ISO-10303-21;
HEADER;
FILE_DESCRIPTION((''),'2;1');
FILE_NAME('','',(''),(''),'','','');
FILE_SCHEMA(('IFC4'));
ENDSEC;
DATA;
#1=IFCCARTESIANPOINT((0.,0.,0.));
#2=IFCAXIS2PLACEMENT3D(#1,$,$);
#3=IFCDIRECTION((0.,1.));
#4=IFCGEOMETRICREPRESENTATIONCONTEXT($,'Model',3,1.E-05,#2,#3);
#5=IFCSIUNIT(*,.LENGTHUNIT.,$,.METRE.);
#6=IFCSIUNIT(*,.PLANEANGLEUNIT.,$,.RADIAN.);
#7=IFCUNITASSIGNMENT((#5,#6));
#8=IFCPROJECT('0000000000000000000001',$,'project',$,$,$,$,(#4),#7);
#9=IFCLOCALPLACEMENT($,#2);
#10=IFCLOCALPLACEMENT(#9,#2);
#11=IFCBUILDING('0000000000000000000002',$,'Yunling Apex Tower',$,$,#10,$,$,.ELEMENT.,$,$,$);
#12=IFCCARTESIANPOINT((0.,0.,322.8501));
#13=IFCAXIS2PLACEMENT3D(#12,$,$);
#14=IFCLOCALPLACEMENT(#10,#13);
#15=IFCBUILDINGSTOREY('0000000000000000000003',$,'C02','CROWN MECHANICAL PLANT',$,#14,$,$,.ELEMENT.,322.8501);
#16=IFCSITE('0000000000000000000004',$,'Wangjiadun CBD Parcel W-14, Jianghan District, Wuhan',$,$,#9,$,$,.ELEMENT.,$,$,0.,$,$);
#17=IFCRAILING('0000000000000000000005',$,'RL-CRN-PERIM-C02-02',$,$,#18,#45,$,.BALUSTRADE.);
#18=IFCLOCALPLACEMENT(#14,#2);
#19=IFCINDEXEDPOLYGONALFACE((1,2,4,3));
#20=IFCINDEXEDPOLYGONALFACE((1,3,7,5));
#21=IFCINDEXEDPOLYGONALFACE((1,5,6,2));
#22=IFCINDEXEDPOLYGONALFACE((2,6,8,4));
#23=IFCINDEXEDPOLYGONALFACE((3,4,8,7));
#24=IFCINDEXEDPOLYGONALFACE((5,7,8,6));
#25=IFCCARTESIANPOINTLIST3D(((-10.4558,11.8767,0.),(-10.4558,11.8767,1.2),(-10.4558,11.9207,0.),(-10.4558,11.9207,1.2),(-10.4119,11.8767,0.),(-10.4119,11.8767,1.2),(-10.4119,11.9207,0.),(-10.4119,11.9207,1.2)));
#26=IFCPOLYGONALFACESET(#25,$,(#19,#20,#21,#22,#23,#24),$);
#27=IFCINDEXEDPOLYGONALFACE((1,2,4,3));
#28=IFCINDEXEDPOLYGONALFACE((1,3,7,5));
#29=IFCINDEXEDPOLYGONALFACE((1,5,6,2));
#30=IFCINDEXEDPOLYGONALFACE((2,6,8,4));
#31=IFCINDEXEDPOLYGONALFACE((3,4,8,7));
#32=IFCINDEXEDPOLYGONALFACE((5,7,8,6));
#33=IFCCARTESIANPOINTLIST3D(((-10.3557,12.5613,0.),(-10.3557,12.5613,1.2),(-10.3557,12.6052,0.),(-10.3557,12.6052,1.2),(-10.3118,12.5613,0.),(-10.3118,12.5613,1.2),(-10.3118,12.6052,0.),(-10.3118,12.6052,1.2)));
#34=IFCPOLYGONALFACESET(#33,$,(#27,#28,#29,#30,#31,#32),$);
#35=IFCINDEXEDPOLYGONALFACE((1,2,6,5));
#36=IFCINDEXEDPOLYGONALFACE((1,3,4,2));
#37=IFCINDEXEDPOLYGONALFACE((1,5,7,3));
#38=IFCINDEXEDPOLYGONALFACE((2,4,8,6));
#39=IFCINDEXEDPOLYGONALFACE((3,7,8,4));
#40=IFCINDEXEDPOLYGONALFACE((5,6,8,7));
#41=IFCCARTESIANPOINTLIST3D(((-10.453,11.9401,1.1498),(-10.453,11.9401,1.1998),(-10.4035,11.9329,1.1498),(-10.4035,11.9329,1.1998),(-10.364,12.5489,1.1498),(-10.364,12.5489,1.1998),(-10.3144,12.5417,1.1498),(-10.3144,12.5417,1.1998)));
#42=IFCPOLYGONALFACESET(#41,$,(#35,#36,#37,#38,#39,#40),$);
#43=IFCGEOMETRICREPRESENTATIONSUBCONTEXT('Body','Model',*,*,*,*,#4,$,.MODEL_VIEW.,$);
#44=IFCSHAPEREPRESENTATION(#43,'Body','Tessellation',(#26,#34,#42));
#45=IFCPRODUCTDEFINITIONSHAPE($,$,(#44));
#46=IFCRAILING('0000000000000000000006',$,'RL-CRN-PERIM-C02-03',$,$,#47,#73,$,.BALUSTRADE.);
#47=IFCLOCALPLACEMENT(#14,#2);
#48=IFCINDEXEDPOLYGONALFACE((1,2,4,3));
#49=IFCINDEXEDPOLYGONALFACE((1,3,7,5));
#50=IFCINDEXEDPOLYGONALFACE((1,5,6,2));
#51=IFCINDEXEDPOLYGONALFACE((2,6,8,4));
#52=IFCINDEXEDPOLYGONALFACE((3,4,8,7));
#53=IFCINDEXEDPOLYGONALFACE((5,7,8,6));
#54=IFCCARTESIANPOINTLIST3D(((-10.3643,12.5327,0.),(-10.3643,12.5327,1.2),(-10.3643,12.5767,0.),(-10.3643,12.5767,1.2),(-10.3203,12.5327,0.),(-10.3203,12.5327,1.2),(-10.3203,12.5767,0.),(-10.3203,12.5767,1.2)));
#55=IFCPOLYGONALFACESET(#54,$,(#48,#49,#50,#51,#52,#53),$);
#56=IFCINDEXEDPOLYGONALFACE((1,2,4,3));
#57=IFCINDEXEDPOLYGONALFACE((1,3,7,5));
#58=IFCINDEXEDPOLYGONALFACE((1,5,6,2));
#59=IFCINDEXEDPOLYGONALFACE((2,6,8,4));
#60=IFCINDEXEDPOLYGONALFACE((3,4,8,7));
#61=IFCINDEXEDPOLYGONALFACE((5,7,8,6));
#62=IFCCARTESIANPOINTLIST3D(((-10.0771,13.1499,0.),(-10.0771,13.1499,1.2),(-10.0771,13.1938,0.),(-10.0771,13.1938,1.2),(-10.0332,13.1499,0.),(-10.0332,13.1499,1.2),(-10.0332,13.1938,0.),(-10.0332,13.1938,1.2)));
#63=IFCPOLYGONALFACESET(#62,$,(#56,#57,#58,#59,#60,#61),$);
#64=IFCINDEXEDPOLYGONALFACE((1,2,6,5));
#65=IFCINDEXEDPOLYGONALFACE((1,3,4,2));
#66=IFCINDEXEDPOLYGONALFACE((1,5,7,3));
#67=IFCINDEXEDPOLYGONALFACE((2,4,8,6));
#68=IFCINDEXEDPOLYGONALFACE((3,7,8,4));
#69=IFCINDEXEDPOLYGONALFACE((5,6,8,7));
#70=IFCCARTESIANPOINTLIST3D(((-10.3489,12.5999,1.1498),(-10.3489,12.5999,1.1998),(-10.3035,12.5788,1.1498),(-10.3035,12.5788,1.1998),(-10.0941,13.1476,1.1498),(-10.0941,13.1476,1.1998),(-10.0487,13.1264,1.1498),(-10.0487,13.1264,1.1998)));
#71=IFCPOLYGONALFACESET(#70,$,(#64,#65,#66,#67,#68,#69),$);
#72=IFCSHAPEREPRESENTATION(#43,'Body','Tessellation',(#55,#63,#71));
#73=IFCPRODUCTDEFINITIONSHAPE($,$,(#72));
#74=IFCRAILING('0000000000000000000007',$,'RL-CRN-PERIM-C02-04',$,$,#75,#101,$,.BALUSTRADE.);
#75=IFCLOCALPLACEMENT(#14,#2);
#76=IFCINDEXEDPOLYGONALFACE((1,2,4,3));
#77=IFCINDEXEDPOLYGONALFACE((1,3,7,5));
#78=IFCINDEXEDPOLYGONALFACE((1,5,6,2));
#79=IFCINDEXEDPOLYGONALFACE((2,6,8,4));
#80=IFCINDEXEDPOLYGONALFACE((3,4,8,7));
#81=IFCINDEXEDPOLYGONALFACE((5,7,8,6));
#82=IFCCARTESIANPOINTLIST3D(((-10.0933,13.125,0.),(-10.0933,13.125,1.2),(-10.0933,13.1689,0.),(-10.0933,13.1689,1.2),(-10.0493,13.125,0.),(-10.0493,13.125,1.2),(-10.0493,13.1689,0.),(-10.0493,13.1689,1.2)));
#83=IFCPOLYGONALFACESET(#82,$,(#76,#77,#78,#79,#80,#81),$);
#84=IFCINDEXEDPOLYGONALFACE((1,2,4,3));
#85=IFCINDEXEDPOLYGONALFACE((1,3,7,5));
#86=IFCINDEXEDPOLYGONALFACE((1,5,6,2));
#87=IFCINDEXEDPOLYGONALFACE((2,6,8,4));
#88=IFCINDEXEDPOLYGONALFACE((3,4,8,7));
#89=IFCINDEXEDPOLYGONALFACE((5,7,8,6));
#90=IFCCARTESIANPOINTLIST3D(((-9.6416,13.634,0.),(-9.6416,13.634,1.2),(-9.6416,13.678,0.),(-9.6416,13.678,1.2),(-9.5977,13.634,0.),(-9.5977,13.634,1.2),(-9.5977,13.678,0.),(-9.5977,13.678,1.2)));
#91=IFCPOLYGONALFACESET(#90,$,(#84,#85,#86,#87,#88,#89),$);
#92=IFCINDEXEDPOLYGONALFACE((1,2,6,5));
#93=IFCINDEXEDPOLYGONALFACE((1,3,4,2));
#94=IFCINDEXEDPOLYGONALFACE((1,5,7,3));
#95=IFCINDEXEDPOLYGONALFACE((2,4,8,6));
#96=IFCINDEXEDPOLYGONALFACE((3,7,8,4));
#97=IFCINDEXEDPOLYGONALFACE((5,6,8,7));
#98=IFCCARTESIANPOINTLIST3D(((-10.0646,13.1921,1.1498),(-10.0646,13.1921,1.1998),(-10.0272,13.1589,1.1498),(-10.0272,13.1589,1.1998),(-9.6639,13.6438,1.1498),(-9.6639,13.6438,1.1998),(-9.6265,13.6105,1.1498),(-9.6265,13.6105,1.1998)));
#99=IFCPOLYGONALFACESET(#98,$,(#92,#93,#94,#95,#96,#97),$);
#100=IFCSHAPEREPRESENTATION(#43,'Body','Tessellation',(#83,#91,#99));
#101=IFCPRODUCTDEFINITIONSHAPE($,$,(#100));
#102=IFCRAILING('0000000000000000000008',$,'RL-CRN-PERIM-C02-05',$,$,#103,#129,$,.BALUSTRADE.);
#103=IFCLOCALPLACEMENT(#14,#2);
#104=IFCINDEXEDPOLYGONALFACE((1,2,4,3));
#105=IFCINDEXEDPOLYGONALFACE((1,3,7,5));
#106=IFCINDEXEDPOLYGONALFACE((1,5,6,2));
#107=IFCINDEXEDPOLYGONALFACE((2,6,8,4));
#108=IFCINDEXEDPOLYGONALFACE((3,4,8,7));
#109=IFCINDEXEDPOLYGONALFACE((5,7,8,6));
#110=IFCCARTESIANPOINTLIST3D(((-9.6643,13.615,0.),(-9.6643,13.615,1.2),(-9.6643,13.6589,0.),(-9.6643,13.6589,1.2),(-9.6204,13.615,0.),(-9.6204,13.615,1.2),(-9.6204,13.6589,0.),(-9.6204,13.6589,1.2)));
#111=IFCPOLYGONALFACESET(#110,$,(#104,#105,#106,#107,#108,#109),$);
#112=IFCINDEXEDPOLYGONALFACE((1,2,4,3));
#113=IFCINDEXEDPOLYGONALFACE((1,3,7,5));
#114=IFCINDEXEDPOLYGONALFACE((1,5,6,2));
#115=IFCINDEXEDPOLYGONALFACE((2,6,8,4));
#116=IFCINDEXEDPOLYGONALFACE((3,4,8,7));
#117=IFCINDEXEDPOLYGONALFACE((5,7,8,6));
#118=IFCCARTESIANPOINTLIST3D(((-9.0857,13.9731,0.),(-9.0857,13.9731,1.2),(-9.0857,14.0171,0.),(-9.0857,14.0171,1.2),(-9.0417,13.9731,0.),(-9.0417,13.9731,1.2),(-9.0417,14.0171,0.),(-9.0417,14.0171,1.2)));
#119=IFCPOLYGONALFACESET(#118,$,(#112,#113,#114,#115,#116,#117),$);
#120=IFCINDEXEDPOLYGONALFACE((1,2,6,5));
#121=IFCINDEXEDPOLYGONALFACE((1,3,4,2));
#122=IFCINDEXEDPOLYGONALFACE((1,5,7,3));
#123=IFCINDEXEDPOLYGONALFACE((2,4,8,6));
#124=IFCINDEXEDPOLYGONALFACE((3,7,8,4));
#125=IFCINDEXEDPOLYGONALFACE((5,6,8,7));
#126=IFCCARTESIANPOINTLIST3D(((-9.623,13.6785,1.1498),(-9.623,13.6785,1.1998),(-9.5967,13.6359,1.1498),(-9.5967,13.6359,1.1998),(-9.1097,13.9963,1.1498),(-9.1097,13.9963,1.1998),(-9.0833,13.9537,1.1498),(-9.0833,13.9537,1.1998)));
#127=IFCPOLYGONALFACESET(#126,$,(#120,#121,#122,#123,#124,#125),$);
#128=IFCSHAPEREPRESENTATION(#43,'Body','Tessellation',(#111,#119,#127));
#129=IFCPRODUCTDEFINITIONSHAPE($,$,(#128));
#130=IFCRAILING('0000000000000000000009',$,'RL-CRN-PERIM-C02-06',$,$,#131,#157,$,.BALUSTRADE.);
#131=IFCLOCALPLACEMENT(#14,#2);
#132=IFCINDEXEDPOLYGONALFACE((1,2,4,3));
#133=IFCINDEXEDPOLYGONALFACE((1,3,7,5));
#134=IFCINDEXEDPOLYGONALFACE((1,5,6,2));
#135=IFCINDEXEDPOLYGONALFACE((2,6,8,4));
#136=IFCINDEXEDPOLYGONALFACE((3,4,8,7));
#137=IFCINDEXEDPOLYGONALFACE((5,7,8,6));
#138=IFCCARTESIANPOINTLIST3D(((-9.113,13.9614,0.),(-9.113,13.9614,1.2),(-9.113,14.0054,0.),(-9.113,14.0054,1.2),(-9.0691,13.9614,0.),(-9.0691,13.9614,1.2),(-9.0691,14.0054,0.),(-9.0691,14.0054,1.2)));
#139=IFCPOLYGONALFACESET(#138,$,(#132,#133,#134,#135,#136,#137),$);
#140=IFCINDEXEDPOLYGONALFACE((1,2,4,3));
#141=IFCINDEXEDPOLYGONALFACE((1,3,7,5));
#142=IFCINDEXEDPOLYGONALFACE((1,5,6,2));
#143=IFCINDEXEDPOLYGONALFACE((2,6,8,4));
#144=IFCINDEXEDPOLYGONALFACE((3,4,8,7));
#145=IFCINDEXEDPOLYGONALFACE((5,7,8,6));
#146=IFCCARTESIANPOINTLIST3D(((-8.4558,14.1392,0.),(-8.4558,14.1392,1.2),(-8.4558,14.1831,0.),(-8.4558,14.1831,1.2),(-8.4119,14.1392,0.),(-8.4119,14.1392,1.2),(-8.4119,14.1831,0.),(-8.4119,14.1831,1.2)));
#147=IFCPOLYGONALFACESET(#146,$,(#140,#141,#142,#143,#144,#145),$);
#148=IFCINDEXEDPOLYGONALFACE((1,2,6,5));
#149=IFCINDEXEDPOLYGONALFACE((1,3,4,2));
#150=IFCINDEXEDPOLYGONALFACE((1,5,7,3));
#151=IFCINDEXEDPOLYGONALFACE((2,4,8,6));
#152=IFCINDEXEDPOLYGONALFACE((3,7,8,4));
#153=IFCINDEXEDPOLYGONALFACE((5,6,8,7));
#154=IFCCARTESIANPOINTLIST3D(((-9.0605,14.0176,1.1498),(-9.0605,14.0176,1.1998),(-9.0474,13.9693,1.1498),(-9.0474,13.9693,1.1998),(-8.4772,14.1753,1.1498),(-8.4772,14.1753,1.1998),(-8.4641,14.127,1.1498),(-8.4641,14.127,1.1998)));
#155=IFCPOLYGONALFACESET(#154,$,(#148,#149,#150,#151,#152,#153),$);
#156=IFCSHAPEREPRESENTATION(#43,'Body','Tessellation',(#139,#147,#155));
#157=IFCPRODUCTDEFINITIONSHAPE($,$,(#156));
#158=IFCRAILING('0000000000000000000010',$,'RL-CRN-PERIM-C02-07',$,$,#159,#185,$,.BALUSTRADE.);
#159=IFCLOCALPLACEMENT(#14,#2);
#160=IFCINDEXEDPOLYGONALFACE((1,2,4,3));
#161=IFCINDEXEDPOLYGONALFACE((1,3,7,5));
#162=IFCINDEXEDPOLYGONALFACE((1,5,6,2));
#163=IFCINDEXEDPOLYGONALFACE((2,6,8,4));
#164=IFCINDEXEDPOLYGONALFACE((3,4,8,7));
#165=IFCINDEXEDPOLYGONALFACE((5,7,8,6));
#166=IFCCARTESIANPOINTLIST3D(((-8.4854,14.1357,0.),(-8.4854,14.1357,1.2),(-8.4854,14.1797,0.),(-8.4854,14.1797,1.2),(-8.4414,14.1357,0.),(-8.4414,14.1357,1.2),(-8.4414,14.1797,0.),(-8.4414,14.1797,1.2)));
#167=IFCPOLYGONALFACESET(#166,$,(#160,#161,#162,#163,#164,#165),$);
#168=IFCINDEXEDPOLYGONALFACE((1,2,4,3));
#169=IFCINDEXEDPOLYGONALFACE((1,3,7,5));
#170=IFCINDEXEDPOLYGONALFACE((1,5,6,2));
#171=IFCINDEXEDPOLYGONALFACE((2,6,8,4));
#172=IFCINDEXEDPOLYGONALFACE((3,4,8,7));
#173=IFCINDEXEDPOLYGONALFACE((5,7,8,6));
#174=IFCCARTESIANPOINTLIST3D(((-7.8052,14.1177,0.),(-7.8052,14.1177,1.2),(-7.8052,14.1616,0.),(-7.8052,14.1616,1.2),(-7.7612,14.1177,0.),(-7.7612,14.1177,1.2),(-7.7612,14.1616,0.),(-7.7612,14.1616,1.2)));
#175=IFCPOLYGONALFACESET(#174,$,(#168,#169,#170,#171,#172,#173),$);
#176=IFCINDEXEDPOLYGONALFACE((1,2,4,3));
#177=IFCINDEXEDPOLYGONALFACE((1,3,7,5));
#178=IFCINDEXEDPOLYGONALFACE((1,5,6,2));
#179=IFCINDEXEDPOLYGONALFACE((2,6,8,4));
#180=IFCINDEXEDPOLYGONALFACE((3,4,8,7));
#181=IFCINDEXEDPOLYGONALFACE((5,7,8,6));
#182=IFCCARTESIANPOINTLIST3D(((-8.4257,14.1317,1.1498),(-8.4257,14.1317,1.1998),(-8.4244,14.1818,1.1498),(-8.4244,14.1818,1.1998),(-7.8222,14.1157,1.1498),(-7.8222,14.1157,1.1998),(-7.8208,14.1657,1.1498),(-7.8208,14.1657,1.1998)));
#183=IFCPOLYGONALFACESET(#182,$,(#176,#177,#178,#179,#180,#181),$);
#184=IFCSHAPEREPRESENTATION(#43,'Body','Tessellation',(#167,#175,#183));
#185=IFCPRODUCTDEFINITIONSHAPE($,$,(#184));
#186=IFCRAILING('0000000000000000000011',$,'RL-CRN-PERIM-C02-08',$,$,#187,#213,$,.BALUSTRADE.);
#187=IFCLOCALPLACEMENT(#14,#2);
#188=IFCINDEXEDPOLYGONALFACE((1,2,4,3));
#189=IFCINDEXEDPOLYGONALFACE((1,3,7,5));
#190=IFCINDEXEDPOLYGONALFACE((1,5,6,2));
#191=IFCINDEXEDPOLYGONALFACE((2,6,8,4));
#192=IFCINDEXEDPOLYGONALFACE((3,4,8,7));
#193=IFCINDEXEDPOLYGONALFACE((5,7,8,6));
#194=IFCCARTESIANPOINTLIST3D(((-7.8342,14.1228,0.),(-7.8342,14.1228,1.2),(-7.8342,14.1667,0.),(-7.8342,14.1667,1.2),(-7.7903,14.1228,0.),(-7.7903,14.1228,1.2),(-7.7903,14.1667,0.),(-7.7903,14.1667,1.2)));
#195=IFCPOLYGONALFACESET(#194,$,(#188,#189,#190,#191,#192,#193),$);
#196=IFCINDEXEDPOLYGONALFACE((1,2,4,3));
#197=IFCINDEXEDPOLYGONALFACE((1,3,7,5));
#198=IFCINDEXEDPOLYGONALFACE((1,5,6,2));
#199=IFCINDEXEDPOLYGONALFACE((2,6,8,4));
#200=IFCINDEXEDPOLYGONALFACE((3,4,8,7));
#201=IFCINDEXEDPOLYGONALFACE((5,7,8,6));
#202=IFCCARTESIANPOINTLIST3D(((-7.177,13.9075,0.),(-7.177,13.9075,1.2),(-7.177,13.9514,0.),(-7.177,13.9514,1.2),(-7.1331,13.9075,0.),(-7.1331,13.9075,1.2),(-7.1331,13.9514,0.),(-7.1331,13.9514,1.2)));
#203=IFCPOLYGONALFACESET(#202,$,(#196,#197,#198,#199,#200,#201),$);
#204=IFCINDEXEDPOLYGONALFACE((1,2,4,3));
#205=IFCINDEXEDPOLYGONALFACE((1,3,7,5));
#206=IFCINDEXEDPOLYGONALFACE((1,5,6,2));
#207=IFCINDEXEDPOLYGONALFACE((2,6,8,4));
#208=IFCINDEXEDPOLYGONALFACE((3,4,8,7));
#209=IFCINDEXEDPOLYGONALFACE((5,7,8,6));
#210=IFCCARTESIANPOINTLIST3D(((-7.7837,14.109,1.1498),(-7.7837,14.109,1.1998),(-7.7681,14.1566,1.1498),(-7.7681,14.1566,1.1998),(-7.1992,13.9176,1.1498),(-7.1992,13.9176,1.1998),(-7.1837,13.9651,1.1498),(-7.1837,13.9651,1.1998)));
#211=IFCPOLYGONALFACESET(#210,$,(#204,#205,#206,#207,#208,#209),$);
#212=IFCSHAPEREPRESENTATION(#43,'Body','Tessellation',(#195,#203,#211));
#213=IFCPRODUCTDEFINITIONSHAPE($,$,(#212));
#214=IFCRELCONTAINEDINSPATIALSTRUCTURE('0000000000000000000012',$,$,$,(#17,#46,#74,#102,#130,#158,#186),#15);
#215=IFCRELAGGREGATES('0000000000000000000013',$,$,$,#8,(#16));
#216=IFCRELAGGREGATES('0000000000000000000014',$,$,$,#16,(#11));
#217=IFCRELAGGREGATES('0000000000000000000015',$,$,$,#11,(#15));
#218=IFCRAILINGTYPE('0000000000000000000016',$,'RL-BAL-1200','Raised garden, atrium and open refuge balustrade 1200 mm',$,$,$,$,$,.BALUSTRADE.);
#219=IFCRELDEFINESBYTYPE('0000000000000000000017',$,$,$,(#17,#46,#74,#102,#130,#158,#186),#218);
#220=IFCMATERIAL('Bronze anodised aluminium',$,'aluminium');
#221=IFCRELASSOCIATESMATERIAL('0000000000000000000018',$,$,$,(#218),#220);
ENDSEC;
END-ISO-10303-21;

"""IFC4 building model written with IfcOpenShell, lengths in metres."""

from ifc_helpers import new_model, si_unit, direction, frame, origin, origin_2d, place, context, subcontext, project, spatial, rectangle, extrude, material, type_object, element, save


model = new_model("IFC4")

# Units and contexts
model_context = context("Model", 3, precision=1e-05, world=origin(), true_north=direction((0.0, 1.0)))
body_context = subcontext(model_context, "Body", "Model", "MODEL_VIEW")
ifc_project = project(units=[si_unit("LENGTHUNIT", "METRE"), si_unit("PLANEANGLEUNIT", "RADIAN")], contexts=[model_context])

# Site, building, storey
site_placement = place(None, origin())
site = spatial("IfcSite", under=ifc_project, at=site_placement, Name="Wangjiadun CBD Parcel W-14, Jianghan District, Wuhan", CompositionType="ELEMENT", RefElevation=0.0)
building_placement = place(site_placement, origin())
building = spatial("IfcBuilding", under=site, at=building_placement, Name="Yunling Apex Tower", CompositionType="ELEMENT")
storey_placement = place(building_placement, frame((0.0, 0.0, 322.8501)))
storey = spatial("IfcBuildingStorey", under=building, at=storey_placement, Name="C02", Description="CROWN MECHANICAL PLANT", CompositionType="ELEMENT", Elevation=322.8501)

# Shared definitions
ifc_material_1 = material(Name="Bronze anodised aluminium", Category="aluminium")

# Railings
railing_type = type_object("IfcRailingType", Name="RL-BAL-1200", Description="Raised garden, atrium and open refuge balustrade 1200 mm", PredefinedType="BALUSTRADE", material=ifc_material_1)
railing_1_placement = place(storey_placement, frame((-10.4338, 11.8987, 0.0)))
element("IfcRailing", 1, at=railing_1_placement, inside=storey, type_object=railing_type, Name="RL-CRN-PERIM-C02-02", PredefinedType="BALUSTRADE", context=body_context, shape_type="SweptSolid", body=[
    extrude(rectangle(XDim=0.0439, YDim=0.0439, at=origin_2d()), origin(), (0.0, 0.0, 1.0), 1.2),
    extrude(rectangle(XDim=0.0439, YDim=0.0439, at=origin_2d()), frame((0.1001, 0.6846, 0.0)), (0.0, 0.0, 1.0), 1.2),
    extrude(rectangle(XDim=0.05, YDim=0.05, at=origin_2d()), frame((0.0056, 0.0378, 1.1748), z_axis=(0.144681, 0.989478, 0.0), x_axis=(-0.989478, 0.144681, 0.0)), (0.0, 0.0, 1.0), 0.6152),
])
railing_2_placement = place(storey_placement, frame((-10.3423, 12.5547, 0.0)))
element("IfcRailing", 2, at=railing_2_placement, inside=storey, type_object=railing_type, Name="RL-CRN-PERIM-C02-03", PredefinedType="BALUSTRADE", context=body_context, shape_type="SweptSolid", body=[
    extrude(rectangle(XDim=0.0439, YDim=0.0439, at=origin_2d()), origin(), (0.0, 0.0, 1.0), 1.2),
    extrude(rectangle(XDim=0.0439, YDim=0.0439, at=origin_2d()), frame((0.2871, 0.6172, 0.0)), (0.0, 0.0, 1.0), 1.2),
    extrude(rectangle(XDim=0.05, YDim=0.05, at=origin_2d()), frame((0.0161, 0.0347, 1.1748), z_axis=(0.421786, 0.906696, 0.0), x_axis=(-0.906696, 0.421786, 0.0)), (0.0, 0.0, 1.0), 0.604),
])
railing_3_placement = place(storey_placement, frame((-10.0713, 13.147, 0.0)))
element("IfcRailing", 3, at=railing_3_placement, inside=storey, type_object=railing_type, Name="RL-CRN-PERIM-C02-04", PredefinedType="BALUSTRADE", context=body_context, shape_type="SweptSolid", body=[
    extrude(rectangle(XDim=0.0439, YDim=0.0439, at=origin_2d()), origin(), (0.0, 0.0, 1.0), 1.2),
    extrude(rectangle(XDim=0.0439, YDim=0.0439, at=origin_2d()), frame((0.4517, 0.509, 0.0)), (0.0, 0.0, 1.0), 1.2),
    extrude(rectangle(XDim=0.05, YDim=0.05, at=origin_2d()), frame((0.0254, 0.0286, 1.1748), z_axis=(0.663696, 0.748003, 0.0), x_axis=(-0.748003, 0.663696, 0.0)), (0.0, 0.0, 1.0), 0.6038),
])
railing_4_placement = place(storey_placement, frame((-9.6423, 13.637, 0.0)))
element("IfcRailing", 4, at=railing_4_placement, inside=storey, type_object=railing_type, Name="RL-CRN-PERIM-C02-05", PredefinedType="BALUSTRADE", context=body_context, shape_type="SweptSolid", body=[
    extrude(rectangle(XDim=0.0439, YDim=0.0439, at=origin_2d()), origin(), (0.0, 0.0, 1.0), 1.2),
    extrude(rectangle(XDim=0.0439, YDim=0.0439, at=origin_2d()), frame((0.5786, 0.3582, 0.0)), (0.0, 0.0, 1.0), 1.2),
    extrude(rectangle(XDim=0.05, YDim=0.05, at=origin_2d()), frame((0.0325, 0.0203, 1.1748), z_axis=(0.850288, 0.526318, 0.0), x_axis=(-0.526318, 0.850288, 0.0)), (0.0, 0.0, 1.0), 0.6038),
])
railing_5_placement = place(storey_placement, frame((-9.0911, 13.9834, 0.0)))
element("IfcRailing", 5, at=railing_5_placement, inside=storey, type_object=railing_type, Name="RL-CRN-PERIM-C02-06", PredefinedType="BALUSTRADE", context=body_context, shape_type="SweptSolid", body=[
    extrude(rectangle(XDim=0.0439, YDim=0.0439, at=origin_2d()), origin(), (0.0, 0.0, 1.0), 1.2),
    extrude(rectangle(XDim=0.0439, YDim=0.0439, at=origin_2d()), frame((0.6572, 0.1777, 0.0)), (0.0, 0.0, 1.0), 1.2),
    extrude(rectangle(XDim=0.05, YDim=0.05, at=origin_2d()), frame((0.0371, 0.01, 1.1748), z_axis=(0.965324, 0.261054, 0.0), x_axis=(-0.261054, 0.965324, 0.0)), (0.0, 0.0, 1.0), 0.6042),
])
railing_6_placement = place(storey_placement, frame((-8.4634, 14.1577, 0.0)))
element("IfcRailing", 6, at=railing_6_placement, inside=storey, type_object=railing_type, Name="RL-CRN-PERIM-C02-07", PredefinedType="BALUSTRADE", context=body_context, shape_type="SweptSolid", body=[
    extrude(rectangle(XDim=0.0439, YDim=0.0439, at=origin_2d()), origin(), (0.0, 0.0, 1.0), 1.2),
    extrude(rectangle(XDim=0.0439, YDim=0.0439, at=origin_2d()), frame((0.6802, -0.0181, 0.0)), (0.0, 0.0, 1.0), 1.2),
    extrude(rectangle(XDim=0.05, YDim=0.05, at=origin_2d()), frame((0.0383, -0.001, 1.1748), z_axis=(0.999647, -0.026552, 0.0), x_axis=(0.026552, 0.999647, 0.0)), (0.0, 0.0, 1.0), 0.6038),
])
railing_7_placement = place(storey_placement, frame((-7.8123, 14.1448, 0.0)))
element("IfcRailing", 7, at=railing_7_placement, inside=storey, type_object=railing_type, Name="RL-CRN-PERIM-C02-08", PredefinedType="BALUSTRADE", context=body_context, shape_type="SweptSolid", body=[
    extrude(rectangle(XDim=0.0439, YDim=0.0439, at=origin_2d()), origin(), (0.0, 0.0, 1.0), 1.2),
    extrude(rectangle(XDim=0.0439, YDim=0.0439, at=origin_2d()), frame((0.6572, -0.2153, 0.0)), (0.0, 0.0, 1.0), 1.2),
    extrude(rectangle(XDim=0.05, YDim=0.05, at=origin_2d()), frame((0.0364, -0.012, 1.1748), z_axis=(0.950295, -0.311352, 0.0), x_axis=(0.311352, 0.950295, 0.0)), (0.0, 0.0, 1.0), 0.615),
])

save(model, "model.ifc")
